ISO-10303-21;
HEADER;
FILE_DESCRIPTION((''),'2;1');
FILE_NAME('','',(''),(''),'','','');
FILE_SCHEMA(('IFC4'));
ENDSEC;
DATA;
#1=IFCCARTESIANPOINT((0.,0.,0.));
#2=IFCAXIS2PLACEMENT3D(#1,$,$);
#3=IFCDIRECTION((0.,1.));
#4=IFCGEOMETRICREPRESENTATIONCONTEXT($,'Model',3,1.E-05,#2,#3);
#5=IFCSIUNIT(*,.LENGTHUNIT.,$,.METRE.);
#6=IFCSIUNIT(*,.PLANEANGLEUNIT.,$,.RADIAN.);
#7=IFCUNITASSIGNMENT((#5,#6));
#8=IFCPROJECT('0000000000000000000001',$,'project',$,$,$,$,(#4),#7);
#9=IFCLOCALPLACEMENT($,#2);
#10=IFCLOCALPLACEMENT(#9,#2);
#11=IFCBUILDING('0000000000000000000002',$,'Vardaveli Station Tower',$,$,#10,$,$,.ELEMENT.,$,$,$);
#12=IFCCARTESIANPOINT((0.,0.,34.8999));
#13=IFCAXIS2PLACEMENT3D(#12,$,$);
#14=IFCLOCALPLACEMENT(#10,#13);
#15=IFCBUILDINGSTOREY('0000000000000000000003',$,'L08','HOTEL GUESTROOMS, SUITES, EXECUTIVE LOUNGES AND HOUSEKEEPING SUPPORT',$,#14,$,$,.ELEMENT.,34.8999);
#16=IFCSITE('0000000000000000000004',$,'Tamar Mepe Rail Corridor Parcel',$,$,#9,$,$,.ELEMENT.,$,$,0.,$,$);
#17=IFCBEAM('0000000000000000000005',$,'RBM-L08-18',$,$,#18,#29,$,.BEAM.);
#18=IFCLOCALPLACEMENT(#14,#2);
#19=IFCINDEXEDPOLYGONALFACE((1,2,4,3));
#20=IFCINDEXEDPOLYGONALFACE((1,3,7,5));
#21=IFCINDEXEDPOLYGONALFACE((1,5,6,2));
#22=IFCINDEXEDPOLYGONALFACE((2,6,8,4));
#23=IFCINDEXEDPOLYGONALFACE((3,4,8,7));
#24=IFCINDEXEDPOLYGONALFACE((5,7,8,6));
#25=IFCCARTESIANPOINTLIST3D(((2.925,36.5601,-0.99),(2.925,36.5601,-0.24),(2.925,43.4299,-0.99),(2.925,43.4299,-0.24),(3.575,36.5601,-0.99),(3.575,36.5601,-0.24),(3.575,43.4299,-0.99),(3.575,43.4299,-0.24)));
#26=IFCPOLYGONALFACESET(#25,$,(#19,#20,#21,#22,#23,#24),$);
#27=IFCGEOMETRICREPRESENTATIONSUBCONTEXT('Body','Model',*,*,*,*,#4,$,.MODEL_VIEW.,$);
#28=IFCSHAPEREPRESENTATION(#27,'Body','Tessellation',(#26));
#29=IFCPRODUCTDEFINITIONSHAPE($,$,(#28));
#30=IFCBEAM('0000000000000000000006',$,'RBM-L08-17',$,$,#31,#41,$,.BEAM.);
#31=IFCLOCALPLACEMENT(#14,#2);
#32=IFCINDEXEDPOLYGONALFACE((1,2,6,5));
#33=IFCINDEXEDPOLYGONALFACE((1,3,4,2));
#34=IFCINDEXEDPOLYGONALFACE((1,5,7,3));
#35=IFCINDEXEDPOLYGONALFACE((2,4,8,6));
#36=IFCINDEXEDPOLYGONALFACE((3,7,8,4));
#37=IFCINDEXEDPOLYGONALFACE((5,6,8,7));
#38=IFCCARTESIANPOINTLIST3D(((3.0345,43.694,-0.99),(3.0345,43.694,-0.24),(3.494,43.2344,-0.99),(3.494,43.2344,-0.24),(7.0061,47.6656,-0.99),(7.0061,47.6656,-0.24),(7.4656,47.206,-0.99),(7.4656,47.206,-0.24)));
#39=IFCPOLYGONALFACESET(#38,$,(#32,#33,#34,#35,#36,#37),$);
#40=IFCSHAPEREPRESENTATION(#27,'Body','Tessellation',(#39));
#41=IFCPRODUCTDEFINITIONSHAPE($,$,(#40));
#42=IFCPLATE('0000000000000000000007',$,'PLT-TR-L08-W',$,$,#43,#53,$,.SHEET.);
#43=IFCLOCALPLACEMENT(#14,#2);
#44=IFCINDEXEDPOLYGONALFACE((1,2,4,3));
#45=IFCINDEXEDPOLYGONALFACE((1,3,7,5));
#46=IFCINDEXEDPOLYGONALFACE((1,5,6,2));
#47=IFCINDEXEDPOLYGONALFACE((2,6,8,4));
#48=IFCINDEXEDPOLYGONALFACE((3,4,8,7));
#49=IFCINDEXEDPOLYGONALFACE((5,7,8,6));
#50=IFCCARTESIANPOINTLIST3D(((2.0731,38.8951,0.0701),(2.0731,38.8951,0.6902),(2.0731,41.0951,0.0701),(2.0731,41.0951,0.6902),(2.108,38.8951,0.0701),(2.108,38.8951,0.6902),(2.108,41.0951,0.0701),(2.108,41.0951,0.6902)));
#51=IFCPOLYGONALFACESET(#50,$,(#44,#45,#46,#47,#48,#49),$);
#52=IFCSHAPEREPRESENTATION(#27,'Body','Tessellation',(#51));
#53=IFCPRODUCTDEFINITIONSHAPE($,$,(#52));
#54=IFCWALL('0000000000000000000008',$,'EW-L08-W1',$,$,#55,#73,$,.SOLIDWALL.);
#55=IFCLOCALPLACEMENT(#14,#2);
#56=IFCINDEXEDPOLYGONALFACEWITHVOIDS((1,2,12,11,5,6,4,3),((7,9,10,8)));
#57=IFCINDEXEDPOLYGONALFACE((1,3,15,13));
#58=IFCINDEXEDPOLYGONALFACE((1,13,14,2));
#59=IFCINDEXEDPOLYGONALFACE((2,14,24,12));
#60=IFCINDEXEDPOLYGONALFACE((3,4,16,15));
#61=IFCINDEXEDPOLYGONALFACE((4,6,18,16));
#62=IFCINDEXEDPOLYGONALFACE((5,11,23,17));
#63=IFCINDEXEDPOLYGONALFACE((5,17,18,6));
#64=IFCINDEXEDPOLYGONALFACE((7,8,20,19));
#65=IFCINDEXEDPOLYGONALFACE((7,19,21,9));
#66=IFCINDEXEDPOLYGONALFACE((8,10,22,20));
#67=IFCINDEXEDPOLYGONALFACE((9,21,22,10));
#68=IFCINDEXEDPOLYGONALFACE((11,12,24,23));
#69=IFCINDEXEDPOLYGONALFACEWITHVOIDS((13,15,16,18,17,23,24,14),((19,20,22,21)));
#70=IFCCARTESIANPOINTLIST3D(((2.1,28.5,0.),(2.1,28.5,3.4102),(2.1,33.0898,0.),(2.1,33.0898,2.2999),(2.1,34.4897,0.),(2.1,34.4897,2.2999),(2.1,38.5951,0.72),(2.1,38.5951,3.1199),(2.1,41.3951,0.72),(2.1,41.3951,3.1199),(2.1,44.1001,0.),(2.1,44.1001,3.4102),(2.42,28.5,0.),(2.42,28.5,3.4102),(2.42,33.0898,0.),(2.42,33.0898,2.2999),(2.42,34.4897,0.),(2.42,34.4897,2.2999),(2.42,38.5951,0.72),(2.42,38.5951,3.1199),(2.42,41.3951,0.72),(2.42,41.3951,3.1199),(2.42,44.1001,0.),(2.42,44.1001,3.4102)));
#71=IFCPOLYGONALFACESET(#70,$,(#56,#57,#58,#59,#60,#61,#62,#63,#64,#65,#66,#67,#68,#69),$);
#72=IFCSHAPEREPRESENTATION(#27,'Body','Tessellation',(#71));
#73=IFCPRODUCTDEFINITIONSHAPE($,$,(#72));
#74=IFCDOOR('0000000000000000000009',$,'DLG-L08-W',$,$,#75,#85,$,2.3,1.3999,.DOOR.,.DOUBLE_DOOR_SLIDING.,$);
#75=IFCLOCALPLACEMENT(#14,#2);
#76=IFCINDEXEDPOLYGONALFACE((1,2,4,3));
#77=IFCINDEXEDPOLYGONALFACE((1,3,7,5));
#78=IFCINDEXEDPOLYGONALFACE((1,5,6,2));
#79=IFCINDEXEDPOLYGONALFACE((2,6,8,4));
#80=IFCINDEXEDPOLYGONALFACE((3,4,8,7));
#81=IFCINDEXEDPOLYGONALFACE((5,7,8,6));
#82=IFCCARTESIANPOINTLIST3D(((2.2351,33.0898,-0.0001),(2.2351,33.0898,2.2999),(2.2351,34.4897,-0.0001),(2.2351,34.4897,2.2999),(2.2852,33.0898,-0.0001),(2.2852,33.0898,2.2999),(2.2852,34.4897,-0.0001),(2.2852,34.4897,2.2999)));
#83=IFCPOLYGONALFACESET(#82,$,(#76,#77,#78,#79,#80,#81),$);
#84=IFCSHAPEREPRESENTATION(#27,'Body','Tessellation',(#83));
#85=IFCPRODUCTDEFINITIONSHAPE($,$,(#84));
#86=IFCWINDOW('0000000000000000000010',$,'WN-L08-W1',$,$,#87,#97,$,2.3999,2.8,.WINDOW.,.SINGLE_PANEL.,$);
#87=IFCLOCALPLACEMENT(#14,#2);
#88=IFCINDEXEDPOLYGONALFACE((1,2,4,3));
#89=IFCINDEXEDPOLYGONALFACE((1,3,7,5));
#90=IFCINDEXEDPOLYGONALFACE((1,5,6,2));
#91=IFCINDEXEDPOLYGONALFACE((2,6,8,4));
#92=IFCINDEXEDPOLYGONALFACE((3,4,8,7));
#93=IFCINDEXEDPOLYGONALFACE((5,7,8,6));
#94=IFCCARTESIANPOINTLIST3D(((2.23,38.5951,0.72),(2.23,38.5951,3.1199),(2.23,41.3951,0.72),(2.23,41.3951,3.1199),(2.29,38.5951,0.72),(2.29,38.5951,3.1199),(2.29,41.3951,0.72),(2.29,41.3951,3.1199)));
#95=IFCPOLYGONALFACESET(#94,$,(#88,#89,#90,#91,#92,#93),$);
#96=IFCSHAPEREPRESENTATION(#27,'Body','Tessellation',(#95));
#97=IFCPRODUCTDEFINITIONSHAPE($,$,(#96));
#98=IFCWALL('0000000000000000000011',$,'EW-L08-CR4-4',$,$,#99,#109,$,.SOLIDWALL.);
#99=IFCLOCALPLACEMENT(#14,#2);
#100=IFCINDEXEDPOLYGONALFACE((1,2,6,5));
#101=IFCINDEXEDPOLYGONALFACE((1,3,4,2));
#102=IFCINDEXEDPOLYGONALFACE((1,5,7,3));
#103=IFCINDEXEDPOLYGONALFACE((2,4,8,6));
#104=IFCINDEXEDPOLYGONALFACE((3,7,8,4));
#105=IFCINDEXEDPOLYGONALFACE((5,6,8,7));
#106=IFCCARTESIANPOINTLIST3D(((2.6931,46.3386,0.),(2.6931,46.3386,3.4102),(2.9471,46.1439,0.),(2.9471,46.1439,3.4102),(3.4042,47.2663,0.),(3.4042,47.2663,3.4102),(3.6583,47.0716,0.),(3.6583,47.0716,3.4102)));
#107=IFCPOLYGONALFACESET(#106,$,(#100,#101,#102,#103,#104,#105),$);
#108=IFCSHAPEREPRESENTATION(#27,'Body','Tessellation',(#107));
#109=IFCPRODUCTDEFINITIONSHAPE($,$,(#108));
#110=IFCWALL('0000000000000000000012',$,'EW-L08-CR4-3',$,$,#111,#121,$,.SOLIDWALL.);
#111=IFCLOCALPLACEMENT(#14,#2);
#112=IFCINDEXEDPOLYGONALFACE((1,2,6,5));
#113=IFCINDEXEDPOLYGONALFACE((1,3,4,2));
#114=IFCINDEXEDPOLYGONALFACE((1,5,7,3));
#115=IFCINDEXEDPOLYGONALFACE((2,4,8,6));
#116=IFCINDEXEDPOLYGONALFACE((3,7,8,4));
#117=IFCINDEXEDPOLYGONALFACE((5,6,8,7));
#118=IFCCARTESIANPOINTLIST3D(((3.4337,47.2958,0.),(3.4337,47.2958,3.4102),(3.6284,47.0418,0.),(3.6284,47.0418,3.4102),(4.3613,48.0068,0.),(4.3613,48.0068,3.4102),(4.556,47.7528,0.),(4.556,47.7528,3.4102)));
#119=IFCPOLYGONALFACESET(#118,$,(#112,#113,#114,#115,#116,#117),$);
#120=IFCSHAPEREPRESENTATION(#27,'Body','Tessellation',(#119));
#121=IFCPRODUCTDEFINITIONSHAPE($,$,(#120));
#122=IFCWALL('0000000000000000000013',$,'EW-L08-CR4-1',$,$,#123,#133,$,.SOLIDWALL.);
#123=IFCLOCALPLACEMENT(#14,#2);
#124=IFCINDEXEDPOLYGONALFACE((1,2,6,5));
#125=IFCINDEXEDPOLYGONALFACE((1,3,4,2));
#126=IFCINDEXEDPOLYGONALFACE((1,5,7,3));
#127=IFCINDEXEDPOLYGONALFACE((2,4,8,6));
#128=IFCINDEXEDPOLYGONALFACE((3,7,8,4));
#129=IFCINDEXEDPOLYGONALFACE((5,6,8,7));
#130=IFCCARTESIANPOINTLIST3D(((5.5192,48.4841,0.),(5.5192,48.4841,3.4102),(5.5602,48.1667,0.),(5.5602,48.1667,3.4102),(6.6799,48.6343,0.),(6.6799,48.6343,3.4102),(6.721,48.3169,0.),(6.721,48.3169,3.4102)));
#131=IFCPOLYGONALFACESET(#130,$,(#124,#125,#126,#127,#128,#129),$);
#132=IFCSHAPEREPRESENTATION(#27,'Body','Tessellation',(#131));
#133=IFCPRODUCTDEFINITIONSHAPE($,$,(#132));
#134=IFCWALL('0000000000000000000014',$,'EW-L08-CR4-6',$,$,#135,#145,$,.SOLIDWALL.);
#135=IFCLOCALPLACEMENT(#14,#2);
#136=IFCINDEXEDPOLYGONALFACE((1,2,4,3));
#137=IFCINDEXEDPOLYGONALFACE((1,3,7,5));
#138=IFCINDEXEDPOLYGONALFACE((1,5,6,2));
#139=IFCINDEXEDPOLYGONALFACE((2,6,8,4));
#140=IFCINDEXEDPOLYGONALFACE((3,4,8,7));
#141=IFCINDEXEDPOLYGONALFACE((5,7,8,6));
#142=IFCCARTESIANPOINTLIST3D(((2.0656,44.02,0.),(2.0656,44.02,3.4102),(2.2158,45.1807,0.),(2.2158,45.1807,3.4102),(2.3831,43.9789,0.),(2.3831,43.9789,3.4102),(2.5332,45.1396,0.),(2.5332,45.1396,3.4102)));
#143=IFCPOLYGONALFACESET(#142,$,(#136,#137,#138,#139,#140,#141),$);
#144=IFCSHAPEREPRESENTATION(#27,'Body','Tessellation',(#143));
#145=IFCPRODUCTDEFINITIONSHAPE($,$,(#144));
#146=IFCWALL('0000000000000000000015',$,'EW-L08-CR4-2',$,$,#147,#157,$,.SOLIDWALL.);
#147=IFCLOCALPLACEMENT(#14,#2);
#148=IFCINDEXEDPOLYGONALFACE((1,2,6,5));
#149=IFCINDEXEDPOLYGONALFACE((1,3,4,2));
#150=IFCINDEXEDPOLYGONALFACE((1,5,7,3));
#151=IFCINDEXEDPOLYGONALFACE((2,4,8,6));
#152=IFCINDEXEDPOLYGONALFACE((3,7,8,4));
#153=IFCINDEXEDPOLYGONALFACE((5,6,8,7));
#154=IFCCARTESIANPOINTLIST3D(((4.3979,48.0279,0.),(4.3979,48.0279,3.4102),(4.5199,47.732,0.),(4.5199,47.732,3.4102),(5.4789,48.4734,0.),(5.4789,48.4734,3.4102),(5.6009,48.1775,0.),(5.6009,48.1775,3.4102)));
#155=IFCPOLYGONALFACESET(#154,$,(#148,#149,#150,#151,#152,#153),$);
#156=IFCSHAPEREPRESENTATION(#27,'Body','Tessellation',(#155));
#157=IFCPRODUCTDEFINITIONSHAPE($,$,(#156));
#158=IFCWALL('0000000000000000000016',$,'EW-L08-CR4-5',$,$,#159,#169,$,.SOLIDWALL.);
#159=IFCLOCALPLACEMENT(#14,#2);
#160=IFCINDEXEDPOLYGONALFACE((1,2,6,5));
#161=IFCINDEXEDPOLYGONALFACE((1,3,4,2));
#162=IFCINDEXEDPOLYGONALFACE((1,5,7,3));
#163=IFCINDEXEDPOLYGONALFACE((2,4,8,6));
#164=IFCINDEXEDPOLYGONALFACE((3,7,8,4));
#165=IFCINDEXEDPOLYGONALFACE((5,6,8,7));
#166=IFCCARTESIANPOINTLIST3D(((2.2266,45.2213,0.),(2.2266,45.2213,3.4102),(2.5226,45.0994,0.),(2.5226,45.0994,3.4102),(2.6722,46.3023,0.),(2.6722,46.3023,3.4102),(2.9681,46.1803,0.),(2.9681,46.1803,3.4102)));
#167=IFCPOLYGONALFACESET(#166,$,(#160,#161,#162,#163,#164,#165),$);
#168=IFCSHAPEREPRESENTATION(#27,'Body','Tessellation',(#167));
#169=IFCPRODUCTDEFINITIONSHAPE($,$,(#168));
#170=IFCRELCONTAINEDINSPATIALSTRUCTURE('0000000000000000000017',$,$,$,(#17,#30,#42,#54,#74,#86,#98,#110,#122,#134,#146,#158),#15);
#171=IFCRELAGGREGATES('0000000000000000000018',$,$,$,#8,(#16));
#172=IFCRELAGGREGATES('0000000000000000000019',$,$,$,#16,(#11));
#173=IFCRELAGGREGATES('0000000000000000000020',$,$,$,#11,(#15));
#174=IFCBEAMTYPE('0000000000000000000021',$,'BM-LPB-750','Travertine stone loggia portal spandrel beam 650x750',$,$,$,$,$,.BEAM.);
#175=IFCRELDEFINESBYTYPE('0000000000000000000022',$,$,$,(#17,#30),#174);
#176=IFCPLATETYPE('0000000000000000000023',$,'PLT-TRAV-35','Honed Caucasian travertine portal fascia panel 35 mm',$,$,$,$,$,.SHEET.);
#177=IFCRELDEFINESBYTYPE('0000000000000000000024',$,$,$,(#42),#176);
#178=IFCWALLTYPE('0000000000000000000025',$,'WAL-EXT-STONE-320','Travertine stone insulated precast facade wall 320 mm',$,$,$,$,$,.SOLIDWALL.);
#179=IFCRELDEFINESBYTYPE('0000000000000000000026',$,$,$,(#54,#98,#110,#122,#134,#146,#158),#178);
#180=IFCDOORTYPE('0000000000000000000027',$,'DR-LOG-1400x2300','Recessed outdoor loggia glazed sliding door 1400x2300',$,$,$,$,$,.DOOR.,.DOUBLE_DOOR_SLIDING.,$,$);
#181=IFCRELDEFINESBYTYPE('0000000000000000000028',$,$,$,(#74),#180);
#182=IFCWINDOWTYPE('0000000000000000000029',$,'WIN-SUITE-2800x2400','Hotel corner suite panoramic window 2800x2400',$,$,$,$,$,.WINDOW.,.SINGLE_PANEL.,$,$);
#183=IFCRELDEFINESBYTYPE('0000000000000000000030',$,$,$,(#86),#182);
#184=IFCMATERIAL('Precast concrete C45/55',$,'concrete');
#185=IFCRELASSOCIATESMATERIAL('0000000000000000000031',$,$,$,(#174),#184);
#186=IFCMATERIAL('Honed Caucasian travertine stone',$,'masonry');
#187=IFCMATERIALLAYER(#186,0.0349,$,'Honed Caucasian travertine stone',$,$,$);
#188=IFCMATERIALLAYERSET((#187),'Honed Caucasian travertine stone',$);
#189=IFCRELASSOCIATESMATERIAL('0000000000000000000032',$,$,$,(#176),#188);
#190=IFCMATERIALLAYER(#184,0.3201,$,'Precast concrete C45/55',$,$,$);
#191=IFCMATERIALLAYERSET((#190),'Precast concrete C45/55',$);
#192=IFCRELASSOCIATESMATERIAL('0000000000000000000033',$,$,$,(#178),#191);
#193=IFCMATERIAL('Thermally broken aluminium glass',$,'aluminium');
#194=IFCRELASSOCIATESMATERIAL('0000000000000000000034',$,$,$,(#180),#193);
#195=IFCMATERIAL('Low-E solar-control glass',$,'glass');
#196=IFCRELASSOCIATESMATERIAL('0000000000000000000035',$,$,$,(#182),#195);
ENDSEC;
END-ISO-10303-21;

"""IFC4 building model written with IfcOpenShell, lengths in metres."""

from ifc_helpers import new_model, si_unit, direction, frame, frame_2d, origin, origin_2d, place, context, subcontext, project, spatial, rectangle, extrude, source, transform, mapped, material, layer, layer_set, material_profile, profile_set, type_object, element, fill, save


model = new_model("IFC4")

# Units and contexts
model_context = context("Model", 3, precision=1e-05, world=origin(), true_north=direction((0.0, 1.0)))
body_context = subcontext(model_context, "Body", "Model", "MODEL_VIEW")
ifc_project = project(units=[si_unit("LENGTHUNIT", "METRE"), si_unit("PLANEANGLEUNIT", "RADIAN")], contexts=[model_context])

# Site, building, storey
site_placement = place(None, origin())
site = spatial("IfcSite", under=ifc_project, at=site_placement, Name="Tamar Mepe Rail Corridor Parcel", CompositionType="ELEMENT", RefElevation=0.0)
building_placement = place(site_placement, origin())
building = spatial("IfcBuilding", under=site, at=building_placement, Name="Vardaveli Station Tower", CompositionType="ELEMENT")
storey_placement = place(building_placement, frame((0.0, 0.0, 34.8999)))
storey = spatial("IfcBuildingStorey", under=building, at=storey_placement, Name="L08", Description="HOTEL GUESTROOMS, SUITES, EXECUTIVE LOUNGES AND HOUSEKEEPING SUPPORT", CompositionType="ELEMENT", Elevation=34.8999)

# Beams
ifc_material_1 = material(Name="Precast concrete C45/55", Category="concrete")
ifc_material_profile_1 = material_profile(ifc_material_1, rectangle(XDim=0.6499, YDim=0.75, at=origin_2d()), Name="LPB 650x750")
ifc_profile_set_1 = profile_set([ifc_material_profile_1], Name="Precast concrete C45/55")
beam_type = type_object("IfcBeamType", Name="BM-LPB-750", Description="Travertine stone loggia portal spandrel beam 650x750", PredefinedType="BEAM", material=ifc_profile_set_1)
shared_shape_1 = source(origin(), body_context, "Body", "SweptSolid", [
    extrude(rectangle(XDim=0.6499, YDim=0.75, at=origin_2d()), origin(), (0.0, 0.0, 1.0), 6.8699),
])
for number, where, z_axis, x_axis, name in (
    (1, (3.25, 43.4299, -0.615), (0.0, -1.0, 0.0), (1.0, 0.0, 0.0), "RBM-L08-18"),
):
    element("IfcBeam", number, at=place(storey_placement, frame(where, z_axis=z_axis, x_axis=x_axis)), inside=storey, type_object=beam_type, Name=name, PredefinedType="BEAM", context=body_context, shape_type="MappedRepresentation", body=[
        mapped(shared_shape_1, transform((0.0, 0.0, 0.0), scale=1.0)),
    ])
shared_shape_2 = source(origin(), body_context, "Body", "SweptSolid", [
    extrude(rectangle(XDim=0.6499, YDim=0.75, at=origin_2d()), origin(), (0.0, 0.0, 1.0), 5.6167),
])
beam_1_placement = place(storey_placement, frame((7.2358, 47.4358, -0.615), z_axis=(-0.707107, -0.707107, 0.0), x_axis=(0.707107, -0.707107, 0.0)))
element("IfcBeam", 2, at=beam_1_placement, inside=storey, type_object=beam_type, Name="RBM-L08-17", PredefinedType="BEAM", context=body_context, shape_type="MappedRepresentation", body=[
    mapped(shared_shape_2, transform((0.0, 0.0, 0.0), scale=1.0)),
])

# Plate
ifc_material_2 = material(Name="Honed Caucasian travertine stone", Category="masonry")
ifc_layer_1 = layer(ifc_material_2, 0.0349, Name="Honed Caucasian travertine stone")
ifc_layer_set_1 = layer_set([ifc_layer_1], Name="Honed Caucasian travertine stone")
plate_type = type_object("IfcPlateType", Name="PLT-TRAV-35", Description="Honed Caucasian travertine portal fascia panel 35 mm", PredefinedType="SHEET", material=ifc_layer_set_1)
shared_shape_3 = source(origin(), body_context, "Body", "SweptSolid", [
    extrude(rectangle(XDim=2.2, YDim=0.0349, at=origin_2d()), origin(), (0.0, 0.0, 1.0), 0.6201),
])
plate_placement = place(storey_placement, frame((2.0906, 39.9951, 0.0701), z_axis=(0.0, 0.0, 1.0), x_axis=(0.0, 1.0, 0.0)))
element("IfcPlate", 3, at=plate_placement, inside=storey, type_object=plate_type, Name="PLT-TR-L08-W", PredefinedType="SHEET", context=body_context, shape_type="MappedRepresentation", body=[
    mapped(shared_shape_3, transform((0.0, 0.0, 0.0), scale=1.0)),
])

# Wall, openings, door, window
ifc_layer_2 = layer(ifc_material_1, 0.3201, Name="Precast concrete C45/55")
ifc_layer_set_2 = layer_set([ifc_layer_2], Name="Precast concrete C45/55")
wall_type_1 = type_object("IfcWallType", Name="WAL-EXT-STONE-320", Description="Travertine stone insulated precast facade wall 320 mm", PredefinedType="SOLIDWALL", material=ifc_layer_set_2)
shared_shape_4 = source(origin(), body_context, "Body", "SweptSolid", [
    extrude(rectangle(XDim=15.6001, YDim=0.3201, at=frame_2d((7.8, 0.0))), origin(), (0.0, 0.0, 1.0), 3.4102),
])
wall_1_placement = place(storey_placement, frame((2.26, 44.1001, 0.0), z_axis=(0.0, 0.0, 1.0), x_axis=(0.0, -1.0, 0.0)))
wall_1 = element("IfcWall", 4, at=wall_1_placement, inside=storey, type_object=wall_type_1, Name="EW-L08-W1", PredefinedType="SOLIDWALL", context=body_context, shape_type="MappedRepresentation", body=[
    mapped(shared_shape_4, transform((0.0, 0.0, 0.0), scale=1.0)),
])
shared_shape_5 = source(origin(), body_context, "Body", "SweptSolid", [
    extrude(rectangle(XDim=1.3999, YDim=2.3, at=frame_2d((0.7, 1.1499))), frame((0.0, 0.1699, 0.0), z_axis=(0.0, -1.0, 0.0), x_axis=(1.0, 0.0, 0.0)), (0.0, 0.0, 1.0), 0.3401),
])
opening_1_placement = place(wall_1_placement, frame((9.6104, 0.0, 0.0)))
opening_1 = element("IfcOpeningElement", 5, at=opening_1_placement, cuts=wall_1, PredefinedType="OPENING", context=body_context, shape_type="MappedRepresentation", body=[
    mapped(shared_shape_5, transform((0.0, 0.0, 0.0), scale=1.0)),
])
shared_shape_6 = source(origin(), body_context, "Body", "SweptSolid", [
    extrude(rectangle(XDim=2.8, YDim=2.3999, at=frame_2d((1.3999, 1.2))), frame((0.0, 0.1699, 0.0), z_axis=(0.0, -1.0, 0.0), x_axis=(1.0, 0.0, 0.0)), (0.0, 0.0, 1.0), 0.3401),
])
opening_2_placement = place(wall_1_placement, frame((2.7051, 0.0, 0.72)))
opening_2 = element("IfcOpeningElement", 6, at=opening_2_placement, cuts=wall_1, PredefinedType="OPENING", context=body_context, shape_type="MappedRepresentation", body=[
    mapped(shared_shape_6, transform((0.0, 0.0, 0.0), scale=1.0)),
])
ifc_material_3 = material(Name="Thermally broken aluminium glass", Category="aluminium")
door_type_1 = type_object("IfcDoorType", Name="DR-LOG-1400x2300", Description="Recessed outdoor loggia glazed sliding door 1400x2300", OperationType="DOUBLE_DOOR_SLIDING", PredefinedType="DOOR", material=ifc_material_3)
shared_shape_7 = source(origin(), body_context, "Body", "SweptSolid", [
    extrude(rectangle(XDim=1.3999, YDim=2.3, at=frame_2d((0.7, 1.1499))), frame((0.0, 0.0249, 0.0), z_axis=(0.0, -1.0, 0.0), x_axis=(1.0, 0.0, 0.0)), (0.0, 0.0, 1.0), 0.05),
])
door_1_placement = place(opening_1_placement, frame((1.3999, 0.0, 0.0), z_axis=(0.0, 0.0, 1.0), x_axis=(-1.0, 0.0, 0.0)))
door_1 = element("IfcDoor", 7, at=door_1_placement, inside=storey, type_object=door_type_1, Name="DLG-L08-W", OperationType="DOUBLE_DOOR_SLIDING", OverallHeight=2.3, OverallWidth=1.3999, PredefinedType="DOOR", context=body_context, shape_type="MappedRepresentation", body=[
    mapped(shared_shape_7, transform((0.0, 0.0, 0.0), scale=1.0)),
])
fill(opening_1, door_1)
ifc_material_4 = material(Name="Low-E solar-control glass", Category="glass")
window_type = type_object("IfcWindowType", Name="WIN-SUITE-2800x2400", Description="Hotel corner suite panoramic window 2800x2400", PartitioningType="SINGLE_PANEL", PredefinedType="WINDOW", material=ifc_material_4)
shared_shape_8 = source(origin(), body_context, "Body", "SweptSolid", [
    extrude(rectangle(XDim=2.8, YDim=2.3999, at=frame_2d((1.3999, 1.2))), frame((0.0, 0.03, 0.0), z_axis=(0.0, -1.0, 0.0), x_axis=(1.0, 0.0, 0.0)), (0.0, 0.0, 1.0), 0.0601),
])
window_placement = place(opening_2_placement, origin())
window = element("IfcWindow", 8, at=window_placement, inside=storey, type_object=window_type, Name="WN-L08-W1", OverallHeight=2.3999, OverallWidth=2.8, PartitioningType="SINGLE_PANEL", PredefinedType="WINDOW", context=body_context, shape_type="MappedRepresentation", body=[
    mapped(shared_shape_8, transform((0.0, 0.0, 0.0), scale=1.0)),
])
fill(opening_2, window)

# Walls
shared_shape_9 = source(origin(), body_context, "Body", "SweptSolid", [
    extrude(rectangle(XDim=1.1689, YDim=0.3201, at=frame_2d((0.5845, 0.0))), origin(), (0.0, 0.0, 1.0), 3.4102),
])
wall_2_placement = place(storey_placement, frame((3.5312, 47.1689, 0.0), z_axis=(0.0, 0.0, 1.0), x_axis=(-0.608388, -0.79364, 0.0)))
element("IfcWall", 9, at=wall_2_placement, inside=storey, type_object=wall_type_1, Name="EW-L08-CR4-4", PredefinedType="SOLIDWALL", context=body_context, shape_type="MappedRepresentation", body=[
    mapped(shared_shape_9, transform((0.0, 0.0, 0.0), scale=1.0)),
])
shared_shape_10 = source(origin(), body_context, "Body", "SweptSolid", [
    extrude(rectangle(XDim=1.1687, YDim=0.3201, at=frame_2d((0.5845, 0.0))), origin(), (0.0, 0.0, 1.0), 3.4102),
])
wall_3_placement = place(storey_placement, frame((4.4587, 47.8799, 0.0), z_axis=(0.0, 0.0, 1.0), x_axis=(-0.793664, -0.608357, 0.0)))
element("IfcWall", 10, at=wall_3_placement, inside=storey, type_object=wall_type_1, Name="EW-L08-CR4-3", PredefinedType="SOLIDWALL", context=body_context, shape_type="MappedRepresentation", body=[
    mapped(shared_shape_10, transform((0.0, 0.0, 0.0), scale=1.0)),
])
shared_shape_11 = source(origin(), body_context, "Body", "SweptSolid", [
    extrude(rectangle(XDim=1.1704, YDim=0.3201, at=frame_2d((0.5852, 0.0))), origin(), (0.0, 0.0, 1.0), 3.4102),
])
for number, where, z_axis, x_axis, name in (
    (11, (6.7004, 48.4756, 0.0), (0.0, 0.0, 1.0), (-0.991736, -0.128296, 0.0), "EW-L08-CR4-1"),
    (12, (2.3745, 45.1602, 0.0), (0.0, 0.0, 1.0), (-0.128296, -0.991736, 0.0), "EW-L08-CR4-6"),
):
    element("IfcWall", number, at=place(storey_placement, frame(where, z_axis=z_axis, x_axis=x_axis)), inside=storey, type_object=wall_type_1, Name=name, PredefinedType="SOLIDWALL", context=body_context, shape_type="MappedRepresentation", body=[
        mapped(shared_shape_11, transform((0.0, 0.0, 0.0), scale=1.0)),
    ])
shared_shape_12 = source(origin(), body_context, "Body", "SweptSolid", [
    extrude(rectangle(XDim=1.1692, YDim=0.3201, at=frame_2d((0.5845, 0.0))), origin(), (0.0, 0.0, 1.0), 3.4102),
])
for number, where, z_axis, x_axis, name in (
    (13, (5.5398, 48.3254, 0.0), (0.0, 0.0, 1.0), (-0.924553, -0.381054, 0.0), "EW-L08-CR4-2"),
    (14, (2.8201, 46.2412, 0.0), (0.0, 0.0, 1.0), (-0.381054, -0.924553, 0.0), "EW-L08-CR4-5"),
):
    element("IfcWall", number, at=place(storey_placement, frame(where, z_axis=z_axis, x_axis=x_axis)), inside=storey, type_object=wall_type_1, Name=name, PredefinedType="SOLIDWALL", context=body_context, shape_type="MappedRepresentation", body=[
        mapped(shared_shape_12, transform((0.0, 0.0, 0.0), scale=1.0)),
    ])

save(model, "model.ifc")
